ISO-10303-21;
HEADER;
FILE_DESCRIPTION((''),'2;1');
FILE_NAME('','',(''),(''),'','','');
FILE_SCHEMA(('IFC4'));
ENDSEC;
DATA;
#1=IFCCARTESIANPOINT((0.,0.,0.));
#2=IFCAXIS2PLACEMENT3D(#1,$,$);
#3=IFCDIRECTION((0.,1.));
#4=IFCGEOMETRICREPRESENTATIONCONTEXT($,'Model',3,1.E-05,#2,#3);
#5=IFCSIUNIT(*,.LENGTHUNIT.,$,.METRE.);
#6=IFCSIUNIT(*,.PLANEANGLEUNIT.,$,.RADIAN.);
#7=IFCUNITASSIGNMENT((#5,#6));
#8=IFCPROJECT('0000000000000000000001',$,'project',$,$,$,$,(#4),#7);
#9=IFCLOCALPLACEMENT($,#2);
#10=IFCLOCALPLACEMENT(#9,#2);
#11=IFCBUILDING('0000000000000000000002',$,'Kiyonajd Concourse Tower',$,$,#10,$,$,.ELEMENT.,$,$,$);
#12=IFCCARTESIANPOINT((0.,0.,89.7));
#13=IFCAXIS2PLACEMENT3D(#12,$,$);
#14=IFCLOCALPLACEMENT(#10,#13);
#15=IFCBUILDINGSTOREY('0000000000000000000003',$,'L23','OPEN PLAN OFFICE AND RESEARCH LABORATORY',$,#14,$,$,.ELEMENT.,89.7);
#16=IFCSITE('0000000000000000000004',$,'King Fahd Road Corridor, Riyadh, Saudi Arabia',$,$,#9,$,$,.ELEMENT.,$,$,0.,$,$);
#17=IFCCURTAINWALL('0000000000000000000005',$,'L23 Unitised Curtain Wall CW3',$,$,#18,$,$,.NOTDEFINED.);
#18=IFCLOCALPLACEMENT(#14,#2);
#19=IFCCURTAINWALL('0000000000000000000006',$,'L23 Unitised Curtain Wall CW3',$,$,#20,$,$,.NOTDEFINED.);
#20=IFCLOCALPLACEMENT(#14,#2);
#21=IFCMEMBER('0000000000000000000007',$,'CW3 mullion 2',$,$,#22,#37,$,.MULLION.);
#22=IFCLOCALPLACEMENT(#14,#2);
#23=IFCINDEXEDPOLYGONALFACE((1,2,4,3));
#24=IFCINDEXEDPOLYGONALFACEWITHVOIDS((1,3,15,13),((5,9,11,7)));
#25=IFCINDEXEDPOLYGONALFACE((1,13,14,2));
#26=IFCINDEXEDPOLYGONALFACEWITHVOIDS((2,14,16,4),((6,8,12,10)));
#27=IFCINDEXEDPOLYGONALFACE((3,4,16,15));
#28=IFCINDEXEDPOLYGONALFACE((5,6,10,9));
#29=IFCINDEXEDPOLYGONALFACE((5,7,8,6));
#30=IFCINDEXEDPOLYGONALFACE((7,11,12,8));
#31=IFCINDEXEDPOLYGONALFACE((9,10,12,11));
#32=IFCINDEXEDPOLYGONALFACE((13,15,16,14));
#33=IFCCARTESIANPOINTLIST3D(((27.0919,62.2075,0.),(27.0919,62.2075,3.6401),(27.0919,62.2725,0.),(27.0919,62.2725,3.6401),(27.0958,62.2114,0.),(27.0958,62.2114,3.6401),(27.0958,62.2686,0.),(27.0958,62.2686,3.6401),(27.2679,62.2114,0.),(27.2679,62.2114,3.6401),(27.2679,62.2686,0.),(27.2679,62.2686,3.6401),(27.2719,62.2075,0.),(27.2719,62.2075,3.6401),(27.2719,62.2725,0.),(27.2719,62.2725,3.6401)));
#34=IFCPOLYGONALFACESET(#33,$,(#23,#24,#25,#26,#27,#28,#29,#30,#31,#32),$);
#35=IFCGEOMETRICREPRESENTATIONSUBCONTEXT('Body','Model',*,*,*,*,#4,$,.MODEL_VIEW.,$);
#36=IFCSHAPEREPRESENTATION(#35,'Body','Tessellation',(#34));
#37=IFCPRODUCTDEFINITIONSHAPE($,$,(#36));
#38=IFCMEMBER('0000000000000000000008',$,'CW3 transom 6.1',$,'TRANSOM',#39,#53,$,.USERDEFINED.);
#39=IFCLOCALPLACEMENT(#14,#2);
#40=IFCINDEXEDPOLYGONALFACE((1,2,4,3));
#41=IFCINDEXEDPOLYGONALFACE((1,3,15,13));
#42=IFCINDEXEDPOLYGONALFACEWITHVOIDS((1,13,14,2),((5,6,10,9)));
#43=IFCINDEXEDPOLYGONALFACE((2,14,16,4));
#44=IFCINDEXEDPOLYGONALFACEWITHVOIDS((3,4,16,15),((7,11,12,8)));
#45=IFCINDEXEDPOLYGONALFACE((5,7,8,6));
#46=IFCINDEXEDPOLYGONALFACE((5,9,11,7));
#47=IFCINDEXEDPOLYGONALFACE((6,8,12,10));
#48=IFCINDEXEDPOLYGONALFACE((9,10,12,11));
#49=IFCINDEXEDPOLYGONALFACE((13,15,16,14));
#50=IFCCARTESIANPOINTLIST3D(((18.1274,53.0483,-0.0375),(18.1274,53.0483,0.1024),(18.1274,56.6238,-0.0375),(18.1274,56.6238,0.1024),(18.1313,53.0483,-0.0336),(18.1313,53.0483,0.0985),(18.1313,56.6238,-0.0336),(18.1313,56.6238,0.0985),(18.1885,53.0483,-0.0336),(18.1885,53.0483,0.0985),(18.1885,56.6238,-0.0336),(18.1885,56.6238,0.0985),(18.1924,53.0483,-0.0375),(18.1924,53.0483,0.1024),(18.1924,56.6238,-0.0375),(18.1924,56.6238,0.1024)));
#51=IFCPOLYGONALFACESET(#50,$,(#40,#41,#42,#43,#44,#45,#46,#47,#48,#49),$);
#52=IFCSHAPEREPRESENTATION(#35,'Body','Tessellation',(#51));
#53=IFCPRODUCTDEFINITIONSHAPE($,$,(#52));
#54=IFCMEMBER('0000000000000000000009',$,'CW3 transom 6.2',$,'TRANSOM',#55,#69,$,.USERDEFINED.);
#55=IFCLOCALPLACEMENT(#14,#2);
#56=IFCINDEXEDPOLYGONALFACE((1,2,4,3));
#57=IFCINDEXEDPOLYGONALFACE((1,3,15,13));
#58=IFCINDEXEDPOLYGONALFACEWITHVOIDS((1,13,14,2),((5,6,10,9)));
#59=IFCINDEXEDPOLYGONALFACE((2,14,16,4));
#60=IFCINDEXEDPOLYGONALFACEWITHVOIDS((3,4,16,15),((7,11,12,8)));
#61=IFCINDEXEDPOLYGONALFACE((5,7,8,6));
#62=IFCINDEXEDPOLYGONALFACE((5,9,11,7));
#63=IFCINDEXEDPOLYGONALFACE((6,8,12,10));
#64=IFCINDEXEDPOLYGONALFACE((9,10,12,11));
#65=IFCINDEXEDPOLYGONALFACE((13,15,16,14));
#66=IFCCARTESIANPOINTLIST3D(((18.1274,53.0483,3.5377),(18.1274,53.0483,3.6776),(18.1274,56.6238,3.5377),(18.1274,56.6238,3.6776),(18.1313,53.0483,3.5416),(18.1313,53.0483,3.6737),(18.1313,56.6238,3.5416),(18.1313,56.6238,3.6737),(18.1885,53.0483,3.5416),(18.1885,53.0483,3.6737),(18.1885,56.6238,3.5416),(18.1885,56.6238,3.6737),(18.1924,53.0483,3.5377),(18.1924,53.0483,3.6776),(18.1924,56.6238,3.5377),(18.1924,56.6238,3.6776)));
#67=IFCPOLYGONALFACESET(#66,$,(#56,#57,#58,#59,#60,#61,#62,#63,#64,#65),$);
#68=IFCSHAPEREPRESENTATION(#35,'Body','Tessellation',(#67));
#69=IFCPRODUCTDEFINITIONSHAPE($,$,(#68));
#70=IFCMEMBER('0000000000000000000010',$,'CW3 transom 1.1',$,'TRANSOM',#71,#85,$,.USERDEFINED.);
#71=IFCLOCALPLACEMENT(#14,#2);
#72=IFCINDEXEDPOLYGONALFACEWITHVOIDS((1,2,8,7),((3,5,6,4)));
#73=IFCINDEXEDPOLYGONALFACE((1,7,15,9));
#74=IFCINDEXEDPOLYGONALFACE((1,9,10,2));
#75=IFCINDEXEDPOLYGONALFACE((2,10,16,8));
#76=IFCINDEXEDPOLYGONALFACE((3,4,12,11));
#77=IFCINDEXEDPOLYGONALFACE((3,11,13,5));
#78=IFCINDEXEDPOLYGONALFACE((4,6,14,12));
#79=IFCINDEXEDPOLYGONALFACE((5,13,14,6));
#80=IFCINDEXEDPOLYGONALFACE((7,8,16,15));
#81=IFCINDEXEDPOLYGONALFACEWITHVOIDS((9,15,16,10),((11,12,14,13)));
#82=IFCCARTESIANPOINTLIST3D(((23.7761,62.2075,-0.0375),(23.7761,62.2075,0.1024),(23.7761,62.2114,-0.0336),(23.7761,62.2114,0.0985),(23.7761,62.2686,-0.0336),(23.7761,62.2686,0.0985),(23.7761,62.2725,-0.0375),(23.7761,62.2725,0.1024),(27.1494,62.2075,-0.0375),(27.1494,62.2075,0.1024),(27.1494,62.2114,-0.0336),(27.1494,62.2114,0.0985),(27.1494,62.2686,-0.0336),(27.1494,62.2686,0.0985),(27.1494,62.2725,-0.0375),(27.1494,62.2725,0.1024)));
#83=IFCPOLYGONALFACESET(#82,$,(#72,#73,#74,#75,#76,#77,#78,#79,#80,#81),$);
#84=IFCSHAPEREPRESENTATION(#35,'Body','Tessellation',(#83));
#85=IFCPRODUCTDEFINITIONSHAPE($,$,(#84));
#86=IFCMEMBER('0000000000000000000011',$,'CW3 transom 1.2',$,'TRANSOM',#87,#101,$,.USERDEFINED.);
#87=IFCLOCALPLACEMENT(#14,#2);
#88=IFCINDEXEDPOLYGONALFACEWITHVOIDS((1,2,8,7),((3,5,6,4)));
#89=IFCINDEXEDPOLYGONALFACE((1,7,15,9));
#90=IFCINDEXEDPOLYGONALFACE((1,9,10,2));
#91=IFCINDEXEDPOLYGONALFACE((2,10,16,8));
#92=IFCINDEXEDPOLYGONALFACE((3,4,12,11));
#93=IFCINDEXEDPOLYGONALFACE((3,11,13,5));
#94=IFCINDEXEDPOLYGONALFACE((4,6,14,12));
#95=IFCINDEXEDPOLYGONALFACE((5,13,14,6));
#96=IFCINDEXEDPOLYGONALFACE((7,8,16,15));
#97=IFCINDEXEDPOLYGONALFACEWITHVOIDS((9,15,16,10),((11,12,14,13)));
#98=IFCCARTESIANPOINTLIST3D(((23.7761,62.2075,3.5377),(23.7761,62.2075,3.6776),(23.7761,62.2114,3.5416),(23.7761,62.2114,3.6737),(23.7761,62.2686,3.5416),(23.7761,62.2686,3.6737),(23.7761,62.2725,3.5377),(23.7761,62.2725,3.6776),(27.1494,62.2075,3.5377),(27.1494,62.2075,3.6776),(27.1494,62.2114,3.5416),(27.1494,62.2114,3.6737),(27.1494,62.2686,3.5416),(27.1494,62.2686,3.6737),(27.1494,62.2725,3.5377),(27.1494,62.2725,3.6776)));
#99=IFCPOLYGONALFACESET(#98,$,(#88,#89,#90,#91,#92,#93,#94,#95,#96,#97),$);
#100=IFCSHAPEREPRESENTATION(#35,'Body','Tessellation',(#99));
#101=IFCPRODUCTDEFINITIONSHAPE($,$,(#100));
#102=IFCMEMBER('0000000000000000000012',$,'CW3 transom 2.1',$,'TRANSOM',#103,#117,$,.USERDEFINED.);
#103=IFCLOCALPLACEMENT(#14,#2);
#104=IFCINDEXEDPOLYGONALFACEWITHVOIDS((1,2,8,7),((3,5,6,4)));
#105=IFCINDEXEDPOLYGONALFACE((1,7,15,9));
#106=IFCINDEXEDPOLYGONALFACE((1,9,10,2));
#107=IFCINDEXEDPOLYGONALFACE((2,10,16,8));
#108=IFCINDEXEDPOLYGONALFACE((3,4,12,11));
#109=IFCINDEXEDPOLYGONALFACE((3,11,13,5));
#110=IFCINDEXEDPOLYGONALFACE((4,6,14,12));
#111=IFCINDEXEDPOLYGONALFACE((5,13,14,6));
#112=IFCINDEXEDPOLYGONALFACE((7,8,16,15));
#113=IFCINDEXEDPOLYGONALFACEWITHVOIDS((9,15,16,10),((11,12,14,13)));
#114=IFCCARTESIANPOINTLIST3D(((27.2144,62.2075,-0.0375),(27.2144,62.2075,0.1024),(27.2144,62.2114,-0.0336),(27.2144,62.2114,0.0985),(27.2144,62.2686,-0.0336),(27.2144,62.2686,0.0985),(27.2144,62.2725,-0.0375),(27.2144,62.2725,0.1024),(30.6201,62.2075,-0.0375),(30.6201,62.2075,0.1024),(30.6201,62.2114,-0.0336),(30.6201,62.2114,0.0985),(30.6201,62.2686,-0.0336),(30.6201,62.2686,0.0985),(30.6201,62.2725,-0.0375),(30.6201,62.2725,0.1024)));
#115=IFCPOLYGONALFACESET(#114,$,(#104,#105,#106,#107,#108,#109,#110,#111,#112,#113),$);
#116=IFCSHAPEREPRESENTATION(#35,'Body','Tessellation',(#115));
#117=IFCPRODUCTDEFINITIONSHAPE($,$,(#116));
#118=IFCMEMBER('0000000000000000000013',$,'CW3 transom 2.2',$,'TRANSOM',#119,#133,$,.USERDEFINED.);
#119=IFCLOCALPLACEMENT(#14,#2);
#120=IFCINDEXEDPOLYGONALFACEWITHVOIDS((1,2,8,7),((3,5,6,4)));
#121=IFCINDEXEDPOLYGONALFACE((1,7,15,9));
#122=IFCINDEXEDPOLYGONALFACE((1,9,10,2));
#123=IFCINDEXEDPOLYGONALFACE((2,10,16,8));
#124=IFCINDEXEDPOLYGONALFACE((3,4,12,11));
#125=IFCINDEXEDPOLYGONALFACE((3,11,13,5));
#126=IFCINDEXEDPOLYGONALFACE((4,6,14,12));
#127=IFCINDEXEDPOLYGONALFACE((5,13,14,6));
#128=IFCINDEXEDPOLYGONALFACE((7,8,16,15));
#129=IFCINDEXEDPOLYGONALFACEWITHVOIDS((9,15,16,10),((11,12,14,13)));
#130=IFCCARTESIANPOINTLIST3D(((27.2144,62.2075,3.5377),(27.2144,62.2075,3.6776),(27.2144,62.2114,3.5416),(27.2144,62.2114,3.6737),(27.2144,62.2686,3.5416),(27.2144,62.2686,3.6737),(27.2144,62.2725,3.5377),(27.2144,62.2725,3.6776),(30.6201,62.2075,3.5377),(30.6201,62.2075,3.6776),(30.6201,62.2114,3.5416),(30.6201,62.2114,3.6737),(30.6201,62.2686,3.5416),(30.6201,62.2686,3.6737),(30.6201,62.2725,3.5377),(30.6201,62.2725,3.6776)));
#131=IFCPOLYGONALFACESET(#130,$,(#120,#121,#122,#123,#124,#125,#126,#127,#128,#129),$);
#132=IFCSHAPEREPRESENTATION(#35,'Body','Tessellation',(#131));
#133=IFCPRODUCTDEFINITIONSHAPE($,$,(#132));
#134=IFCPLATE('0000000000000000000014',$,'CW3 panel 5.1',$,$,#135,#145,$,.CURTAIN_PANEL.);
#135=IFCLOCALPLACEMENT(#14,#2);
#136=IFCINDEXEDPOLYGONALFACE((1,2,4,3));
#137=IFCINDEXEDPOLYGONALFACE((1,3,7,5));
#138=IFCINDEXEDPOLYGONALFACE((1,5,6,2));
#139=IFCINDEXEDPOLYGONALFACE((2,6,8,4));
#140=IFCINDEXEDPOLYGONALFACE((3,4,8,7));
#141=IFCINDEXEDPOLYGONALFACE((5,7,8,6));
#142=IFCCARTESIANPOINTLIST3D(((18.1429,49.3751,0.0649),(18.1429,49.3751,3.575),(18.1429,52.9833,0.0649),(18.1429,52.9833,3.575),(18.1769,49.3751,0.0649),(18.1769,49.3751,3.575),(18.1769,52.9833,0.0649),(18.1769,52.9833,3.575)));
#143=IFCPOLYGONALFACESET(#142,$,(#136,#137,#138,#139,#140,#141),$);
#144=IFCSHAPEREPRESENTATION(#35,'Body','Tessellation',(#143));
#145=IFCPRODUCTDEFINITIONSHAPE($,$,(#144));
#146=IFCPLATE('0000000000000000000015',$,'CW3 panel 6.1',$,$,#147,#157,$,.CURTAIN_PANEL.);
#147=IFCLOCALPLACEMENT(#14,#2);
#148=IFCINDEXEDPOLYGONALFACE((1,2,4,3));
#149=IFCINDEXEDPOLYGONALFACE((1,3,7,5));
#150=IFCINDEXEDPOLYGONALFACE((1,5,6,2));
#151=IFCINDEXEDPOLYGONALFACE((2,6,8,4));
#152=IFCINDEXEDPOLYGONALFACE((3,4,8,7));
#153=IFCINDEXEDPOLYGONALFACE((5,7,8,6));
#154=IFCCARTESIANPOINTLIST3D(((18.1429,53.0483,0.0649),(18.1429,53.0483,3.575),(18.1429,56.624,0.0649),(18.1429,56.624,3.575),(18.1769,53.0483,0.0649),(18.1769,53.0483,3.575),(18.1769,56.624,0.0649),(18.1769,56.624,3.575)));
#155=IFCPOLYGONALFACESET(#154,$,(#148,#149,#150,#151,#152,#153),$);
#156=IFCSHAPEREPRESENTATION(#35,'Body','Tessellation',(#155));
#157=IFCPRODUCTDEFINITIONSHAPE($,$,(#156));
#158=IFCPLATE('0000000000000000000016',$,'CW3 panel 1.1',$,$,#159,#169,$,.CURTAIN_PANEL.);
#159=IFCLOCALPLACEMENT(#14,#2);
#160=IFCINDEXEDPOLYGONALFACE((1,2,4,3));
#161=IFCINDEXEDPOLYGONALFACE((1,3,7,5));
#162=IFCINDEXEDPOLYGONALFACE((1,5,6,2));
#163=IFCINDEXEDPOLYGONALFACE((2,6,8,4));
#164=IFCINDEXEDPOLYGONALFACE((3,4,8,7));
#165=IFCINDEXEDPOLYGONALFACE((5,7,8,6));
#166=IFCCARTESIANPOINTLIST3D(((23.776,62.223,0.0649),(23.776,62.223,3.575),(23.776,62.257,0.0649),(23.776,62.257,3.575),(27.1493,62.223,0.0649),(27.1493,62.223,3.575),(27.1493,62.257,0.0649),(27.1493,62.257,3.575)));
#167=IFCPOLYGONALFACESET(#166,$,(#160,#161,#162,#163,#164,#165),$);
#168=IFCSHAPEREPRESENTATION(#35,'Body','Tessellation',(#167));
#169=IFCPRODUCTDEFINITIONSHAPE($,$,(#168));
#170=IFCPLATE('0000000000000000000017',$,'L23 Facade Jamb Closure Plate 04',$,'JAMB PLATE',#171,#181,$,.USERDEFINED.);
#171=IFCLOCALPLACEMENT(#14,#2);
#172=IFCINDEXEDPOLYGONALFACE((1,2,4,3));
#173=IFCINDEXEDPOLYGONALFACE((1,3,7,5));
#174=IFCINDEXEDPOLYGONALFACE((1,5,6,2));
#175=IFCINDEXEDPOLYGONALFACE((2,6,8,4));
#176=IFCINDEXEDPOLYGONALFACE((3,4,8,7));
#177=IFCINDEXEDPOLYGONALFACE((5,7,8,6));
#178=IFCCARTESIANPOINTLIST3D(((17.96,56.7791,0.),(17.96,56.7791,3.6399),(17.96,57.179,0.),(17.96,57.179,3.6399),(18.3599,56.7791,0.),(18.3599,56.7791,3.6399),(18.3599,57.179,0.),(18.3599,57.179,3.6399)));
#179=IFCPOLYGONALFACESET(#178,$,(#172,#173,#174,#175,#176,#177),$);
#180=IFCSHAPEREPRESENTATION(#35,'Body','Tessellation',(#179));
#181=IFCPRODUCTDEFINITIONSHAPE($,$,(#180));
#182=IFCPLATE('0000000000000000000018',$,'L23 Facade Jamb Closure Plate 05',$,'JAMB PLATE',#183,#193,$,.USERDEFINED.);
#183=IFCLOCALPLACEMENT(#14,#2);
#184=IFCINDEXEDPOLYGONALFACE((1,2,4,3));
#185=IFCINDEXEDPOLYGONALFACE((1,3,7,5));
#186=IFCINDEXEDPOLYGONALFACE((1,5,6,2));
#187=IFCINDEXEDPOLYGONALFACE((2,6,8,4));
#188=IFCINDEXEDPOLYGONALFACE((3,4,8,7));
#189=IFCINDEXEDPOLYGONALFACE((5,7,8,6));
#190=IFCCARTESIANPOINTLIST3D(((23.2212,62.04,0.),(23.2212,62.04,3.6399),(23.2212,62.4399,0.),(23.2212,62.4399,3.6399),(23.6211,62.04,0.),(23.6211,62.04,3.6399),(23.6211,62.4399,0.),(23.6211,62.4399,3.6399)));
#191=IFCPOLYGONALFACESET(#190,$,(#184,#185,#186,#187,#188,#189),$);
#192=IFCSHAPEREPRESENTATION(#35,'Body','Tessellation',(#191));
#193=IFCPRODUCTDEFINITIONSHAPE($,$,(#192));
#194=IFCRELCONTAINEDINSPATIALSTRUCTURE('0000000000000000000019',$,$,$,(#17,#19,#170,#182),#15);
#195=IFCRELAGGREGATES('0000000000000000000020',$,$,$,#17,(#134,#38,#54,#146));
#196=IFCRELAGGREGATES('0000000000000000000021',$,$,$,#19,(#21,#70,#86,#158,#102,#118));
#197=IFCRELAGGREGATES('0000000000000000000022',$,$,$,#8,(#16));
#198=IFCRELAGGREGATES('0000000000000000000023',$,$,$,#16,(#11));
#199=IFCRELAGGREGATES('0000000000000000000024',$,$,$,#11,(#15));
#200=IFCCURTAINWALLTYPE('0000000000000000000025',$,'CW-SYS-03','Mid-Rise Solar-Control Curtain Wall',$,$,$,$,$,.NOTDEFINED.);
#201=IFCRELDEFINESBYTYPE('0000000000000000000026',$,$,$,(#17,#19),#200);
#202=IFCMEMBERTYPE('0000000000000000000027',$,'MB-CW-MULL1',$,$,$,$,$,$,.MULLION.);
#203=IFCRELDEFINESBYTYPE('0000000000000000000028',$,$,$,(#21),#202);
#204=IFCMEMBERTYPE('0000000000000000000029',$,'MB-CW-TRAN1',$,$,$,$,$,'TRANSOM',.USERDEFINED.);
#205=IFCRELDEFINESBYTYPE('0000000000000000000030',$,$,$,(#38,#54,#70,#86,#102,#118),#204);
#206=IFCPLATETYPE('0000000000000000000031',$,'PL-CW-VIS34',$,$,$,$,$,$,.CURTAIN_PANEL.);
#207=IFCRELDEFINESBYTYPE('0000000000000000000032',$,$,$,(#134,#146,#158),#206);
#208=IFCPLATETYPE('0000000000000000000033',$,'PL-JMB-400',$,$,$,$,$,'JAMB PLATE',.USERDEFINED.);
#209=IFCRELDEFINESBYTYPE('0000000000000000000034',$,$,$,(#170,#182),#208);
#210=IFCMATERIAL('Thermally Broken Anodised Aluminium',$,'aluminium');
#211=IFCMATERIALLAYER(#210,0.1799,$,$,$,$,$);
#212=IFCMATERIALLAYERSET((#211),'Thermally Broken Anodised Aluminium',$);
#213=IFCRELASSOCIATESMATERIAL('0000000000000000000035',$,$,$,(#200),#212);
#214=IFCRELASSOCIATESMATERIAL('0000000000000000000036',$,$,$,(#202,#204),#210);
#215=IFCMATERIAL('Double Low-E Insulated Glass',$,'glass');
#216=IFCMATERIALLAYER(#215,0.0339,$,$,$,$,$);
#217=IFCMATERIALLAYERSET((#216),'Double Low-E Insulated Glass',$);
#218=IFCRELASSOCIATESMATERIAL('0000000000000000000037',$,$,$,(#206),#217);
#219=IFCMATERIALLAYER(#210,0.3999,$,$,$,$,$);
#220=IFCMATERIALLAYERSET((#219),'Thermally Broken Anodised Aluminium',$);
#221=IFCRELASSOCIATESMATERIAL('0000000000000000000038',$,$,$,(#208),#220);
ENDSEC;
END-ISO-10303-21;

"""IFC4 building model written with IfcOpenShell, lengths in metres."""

from ifc_helpers import new_model, si_unit, direction, frame, origin, origin_2d, place, context, subcontext, project, spatial, rectangle, hollow_rectangle, extrude, material, layer, layer_set, material_profile, profile_set, type_object, element, aggregate, save


model = new_model("IFC4")

# Units and contexts
model_context = context("Model", 3, precision=1e-05, world=origin(), true_north=direction((0.0, 1.0)))
body_context = subcontext(model_context, "Body", "Model", "MODEL_VIEW")
ifc_project = project(units=[si_unit("LENGTHUNIT", "METRE"), si_unit("PLANEANGLEUNIT", "RADIAN")], contexts=[model_context])

# Site, building, storey
site_placement = place(None, origin())
site = spatial("IfcSite", under=ifc_project, at=site_placement, Name="King Fahd Road Corridor, Riyadh, Saudi Arabia", CompositionType="ELEMENT", RefElevation=0.0)
building_placement = place(site_placement, origin())
building = spatial("IfcBuilding", under=site, at=building_placement, Name="Kiyonajd Concourse Tower", CompositionType="ELEMENT")
storey_placement = place(building_placement, frame((0.0, 0.0, 89.7)))
storey = spatial("IfcBuildingStorey", under=building, at=storey_placement, Name="L23", Description="OPEN PLAN OFFICE AND RESEARCH LABORATORY", CompositionType="ELEMENT", Elevation=89.7)

# Curtain walls, member
ifc_material_1 = material(Name="Thermally Broken Anodised Aluminium", Category="aluminium")
ifc_layer_1 = layer(ifc_material_1, 0.1799)
ifc_layer_set_1 = layer_set([ifc_layer_1], Name="Thermally Broken Anodised Aluminium")
curtain_wall_type = type_object("IfcCurtainWallType", Name="CW-SYS-03", Description="Mid-Rise Solar-Control Curtain Wall", PredefinedType="NOTDEFINED", material=ifc_layer_set_1)
curtain_wall_1_placement = place(storey_placement, origin())
curtain_wall_1 = element("IfcCurtainWall", 1, at=curtain_wall_1_placement, inside=storey, type_object=curtain_wall_type, Name="L23 Unitised Curtain Wall CW3", PredefinedType="NOTDEFINED")
ifc_material_profile_1 = material_profile(ifc_material_1, hollow_rectangle(XDim=0.0649, YDim=0.1799, WallThickness=0.0039, at=origin_2d()), Name="MULL-65x180")
ifc_profile_set_1 = profile_set([ifc_material_profile_1], Name="Thermally Broken Anodised Aluminium")
member_type_1 = type_object("IfcMemberType", Name="MB-CW-MULL1", PredefinedType="MULLION", material=ifc_profile_set_1)
curtain_wall_2_placement = place(storey_placement, origin())
curtain_wall_2 = element("IfcCurtainWall", 2, at=curtain_wall_2_placement, inside=storey, type_object=curtain_wall_type, Name="L23 Unitised Curtain Wall CW3", PredefinedType="NOTDEFINED")
member_1_placement = place(storey_placement, frame((27.1819, 62.24, 0.0), z_axis=(0.0, 0.0, 1.0), x_axis=(0.0, 1.0, 0.0)))
member_1 = element("IfcMember", 3, at=member_1_placement, type_object=member_type_1, Name="CW3 mullion 2", PredefinedType="MULLION", context=body_context, shape_type="SweptSolid", body=[
    extrude(hollow_rectangle(XDim=0.0649, YDim=0.1799, WallThickness=0.0039, at=origin_2d()), origin(), (0.0, 0.0, 1.0), 3.6401),
])

# Members
ifc_material_profile_2 = material_profile(ifc_material_1, hollow_rectangle(XDim=0.0649, YDim=0.1399, WallThickness=0.0039, at=origin_2d()), Name="TRAN-65x140")
ifc_profile_set_2 = profile_set([ifc_material_profile_2], Name="Thermally Broken Anodised Aluminium")
member_type_2 = type_object("IfcMemberType", Name="MB-CW-TRAN1", ElementType="TRANSOM", PredefinedType="USERDEFINED", material=ifc_profile_set_2)
member_2_placement = place(storey_placement, frame((18.1599, 53.0483, 0.0325), z_axis=(0.0, 1.0, 0.0), x_axis=(-1.0, 0.0, 0.0)))
member_2 = element("IfcMember", 4, at=member_2_placement, type_object=member_type_2, Name="CW3 transom 6.1", ObjectType="TRANSOM", PredefinedType="USERDEFINED", context=body_context, shape_type="SweptSolid", body=[
    extrude(hollow_rectangle(XDim=0.0649, YDim=0.1399, WallThickness=0.0039, at=origin_2d()), origin(), (0.0, 0.0, 1.0), 3.5754),
])
member_3_placement = place(storey_placement, frame((18.1599, 53.0483, 3.6077), z_axis=(0.0, 1.0, 0.0), x_axis=(-1.0, 0.0, 0.0)))
member_3 = element("IfcMember", 5, at=member_3_placement, type_object=member_type_2, Name="CW3 transom 6.2", ObjectType="TRANSOM", PredefinedType="USERDEFINED", context=body_context, shape_type="SweptSolid", body=[
    extrude(hollow_rectangle(XDim=0.0649, YDim=0.1399, WallThickness=0.0039, at=origin_2d()), origin(), (0.0, 0.0, 1.0), 3.5754),
])
member_4_placement = place(storey_placement, frame((23.7761, 62.24, 0.0325), z_axis=(1.0, 0.0, 0.0), x_axis=(0.0, 1.0, 0.0)))
member_4 = element("IfcMember", 6, at=member_4_placement, type_object=member_type_2, Name="CW3 transom 1.1", ObjectType="TRANSOM", PredefinedType="USERDEFINED", context=body_context, shape_type="SweptSolid", body=[
    extrude(hollow_rectangle(XDim=0.0649, YDim=0.1399, WallThickness=0.0039, at=origin_2d()), origin(), (0.0, 0.0, 1.0), 3.3733),
])
member_5_placement = place(storey_placement, frame((23.7761, 62.24, 3.6077), z_axis=(1.0, 0.0, 0.0), x_axis=(0.0, 1.0, 0.0)))
member_5 = element("IfcMember", 7, at=member_5_placement, type_object=member_type_2, Name="CW3 transom 1.2", ObjectType="TRANSOM", PredefinedType="USERDEFINED", context=body_context, shape_type="SweptSolid", body=[
    extrude(hollow_rectangle(XDim=0.0649, YDim=0.1399, WallThickness=0.0039, at=origin_2d()), origin(), (0.0, 0.0, 1.0), 3.3733),
])
member_6_placement = place(storey_placement, frame((27.2144, 62.24, 0.0325), z_axis=(1.0, 0.0, 0.0), x_axis=(0.0, 1.0, 0.0)))
member_6 = element("IfcMember", 8, at=member_6_placement, type_object=member_type_2, Name="CW3 transom 2.1", ObjectType="TRANSOM", PredefinedType="USERDEFINED", context=body_context, shape_type="SweptSolid", body=[
    extrude(hollow_rectangle(XDim=0.0649, YDim=0.1399, WallThickness=0.0039, at=origin_2d()), origin(), (0.0, 0.0, 1.0), 3.4058),
])
member_7_placement = place(storey_placement, frame((27.2144, 62.24, 3.6077), z_axis=(1.0, 0.0, 0.0), x_axis=(0.0, 1.0, 0.0)))
member_7 = element("IfcMember", 9, at=member_7_placement, type_object=member_type_2, Name="CW3 transom 2.2", ObjectType="TRANSOM", PredefinedType="USERDEFINED", context=body_context, shape_type="SweptSolid", body=[
    extrude(hollow_rectangle(XDim=0.0649, YDim=0.1399, WallThickness=0.0039, at=origin_2d()), origin(), (0.0, 0.0, 1.0), 3.4058),
])

# Plates
ifc_material_2 = material(Name="Double Low-E Insulated Glass", Category="glass")
ifc_layer_2 = layer(ifc_material_2, 0.0339)
ifc_layer_set_2 = layer_set([ifc_layer_2], Name="Double Low-E Insulated Glass")
plate_type_1 = type_object("IfcPlateType", Name="PL-CW-VIS34", PredefinedType="CURTAIN_PANEL", material=ifc_layer_set_2)
plate_1_placement = place(storey_placement, frame((18.1599, 51.1792, 0.0649), z_axis=(0.0, 0.0, 1.0), x_axis=(0.0, 1.0, 0.0)))
plate_1 = element("IfcPlate", 10, at=plate_1_placement, type_object=plate_type_1, Name="CW3 panel 5.1", PredefinedType="CURTAIN_PANEL", context=body_context, shape_type="SweptSolid", body=[
    extrude(rectangle(XDim=3.6082, YDim=0.0339, at=origin_2d()), origin(), (0.0, 0.0, 1.0), 3.51),
])
plate_2_placement = place(storey_placement, frame((18.1599, 54.8362, 0.0649), z_axis=(0.0, 0.0, 1.0), x_axis=(0.0, 1.0, 0.0)))
plate_2 = element("IfcPlate", 11, at=plate_2_placement, type_object=plate_type_1, Name="CW3 panel 6.1", PredefinedType="CURTAIN_PANEL", context=body_context, shape_type="SweptSolid", body=[
    extrude(rectangle(XDim=3.5757, YDim=0.0339, at=origin_2d()), origin(), (0.0, 0.0, 1.0), 3.51),
])
aggregate(curtain_wall_1, [plate_1, member_2, member_3, plate_2])
plate_3_placement = place(storey_placement, frame((25.4626, 62.24, 0.0649), z_axis=(0.0, 0.0, 1.0), x_axis=(1.0, 0.0, 0.0)))
plate_3 = element("IfcPlate", 12, at=plate_3_placement, type_object=plate_type_1, Name="CW3 panel 1.1", PredefinedType="CURTAIN_PANEL", context=body_context, shape_type="SweptSolid", body=[
    extrude(rectangle(XDim=3.3733, YDim=0.0339, at=origin_2d()), origin(), (0.0, 0.0, 1.0), 3.51),
])
aggregate(curtain_wall_2, [member_1, member_4, member_5, plate_3, member_6, member_7])

# Plates
ifc_layer_3 = layer(ifc_material_1, 0.3999)
ifc_layer_set_3 = layer_set([ifc_layer_3], Name="Thermally Broken Anodised Aluminium")
plate_type_2 = type_object("IfcPlateType", Name="PL-JMB-400", ElementType="JAMB PLATE", PredefinedType="USERDEFINED", material=ifc_layer_set_3)
for number, where, z_axis, x_axis, name in (
    (13, (18.1599, 56.979, 0.0), (0.0, 0.0, 1.0), (1.0, 0.0, 0.0), "L23 Facade Jamb Closure Plate 04"),
    (14, (23.4211, 62.24, 0.0), (0.0, 0.0, 1.0), (1.0, 0.0, 0.0), "L23 Facade Jamb Closure Plate 05"),
):
    element("IfcPlate", number, at=place(storey_placement, frame(where, z_axis=z_axis, x_axis=x_axis)), inside=storey, type_object=plate_type_2, Name=name, ObjectType="JAMB PLATE", PredefinedType="USERDEFINED", context=body_context, shape_type="SweptSolid", body=[
        extrude(rectangle(XDim=0.3999, YDim=0.3999, at=origin_2d()), origin(), (0.0, 0.0, 1.0), 3.6399),
    ])

save(model, "model.ifc")
